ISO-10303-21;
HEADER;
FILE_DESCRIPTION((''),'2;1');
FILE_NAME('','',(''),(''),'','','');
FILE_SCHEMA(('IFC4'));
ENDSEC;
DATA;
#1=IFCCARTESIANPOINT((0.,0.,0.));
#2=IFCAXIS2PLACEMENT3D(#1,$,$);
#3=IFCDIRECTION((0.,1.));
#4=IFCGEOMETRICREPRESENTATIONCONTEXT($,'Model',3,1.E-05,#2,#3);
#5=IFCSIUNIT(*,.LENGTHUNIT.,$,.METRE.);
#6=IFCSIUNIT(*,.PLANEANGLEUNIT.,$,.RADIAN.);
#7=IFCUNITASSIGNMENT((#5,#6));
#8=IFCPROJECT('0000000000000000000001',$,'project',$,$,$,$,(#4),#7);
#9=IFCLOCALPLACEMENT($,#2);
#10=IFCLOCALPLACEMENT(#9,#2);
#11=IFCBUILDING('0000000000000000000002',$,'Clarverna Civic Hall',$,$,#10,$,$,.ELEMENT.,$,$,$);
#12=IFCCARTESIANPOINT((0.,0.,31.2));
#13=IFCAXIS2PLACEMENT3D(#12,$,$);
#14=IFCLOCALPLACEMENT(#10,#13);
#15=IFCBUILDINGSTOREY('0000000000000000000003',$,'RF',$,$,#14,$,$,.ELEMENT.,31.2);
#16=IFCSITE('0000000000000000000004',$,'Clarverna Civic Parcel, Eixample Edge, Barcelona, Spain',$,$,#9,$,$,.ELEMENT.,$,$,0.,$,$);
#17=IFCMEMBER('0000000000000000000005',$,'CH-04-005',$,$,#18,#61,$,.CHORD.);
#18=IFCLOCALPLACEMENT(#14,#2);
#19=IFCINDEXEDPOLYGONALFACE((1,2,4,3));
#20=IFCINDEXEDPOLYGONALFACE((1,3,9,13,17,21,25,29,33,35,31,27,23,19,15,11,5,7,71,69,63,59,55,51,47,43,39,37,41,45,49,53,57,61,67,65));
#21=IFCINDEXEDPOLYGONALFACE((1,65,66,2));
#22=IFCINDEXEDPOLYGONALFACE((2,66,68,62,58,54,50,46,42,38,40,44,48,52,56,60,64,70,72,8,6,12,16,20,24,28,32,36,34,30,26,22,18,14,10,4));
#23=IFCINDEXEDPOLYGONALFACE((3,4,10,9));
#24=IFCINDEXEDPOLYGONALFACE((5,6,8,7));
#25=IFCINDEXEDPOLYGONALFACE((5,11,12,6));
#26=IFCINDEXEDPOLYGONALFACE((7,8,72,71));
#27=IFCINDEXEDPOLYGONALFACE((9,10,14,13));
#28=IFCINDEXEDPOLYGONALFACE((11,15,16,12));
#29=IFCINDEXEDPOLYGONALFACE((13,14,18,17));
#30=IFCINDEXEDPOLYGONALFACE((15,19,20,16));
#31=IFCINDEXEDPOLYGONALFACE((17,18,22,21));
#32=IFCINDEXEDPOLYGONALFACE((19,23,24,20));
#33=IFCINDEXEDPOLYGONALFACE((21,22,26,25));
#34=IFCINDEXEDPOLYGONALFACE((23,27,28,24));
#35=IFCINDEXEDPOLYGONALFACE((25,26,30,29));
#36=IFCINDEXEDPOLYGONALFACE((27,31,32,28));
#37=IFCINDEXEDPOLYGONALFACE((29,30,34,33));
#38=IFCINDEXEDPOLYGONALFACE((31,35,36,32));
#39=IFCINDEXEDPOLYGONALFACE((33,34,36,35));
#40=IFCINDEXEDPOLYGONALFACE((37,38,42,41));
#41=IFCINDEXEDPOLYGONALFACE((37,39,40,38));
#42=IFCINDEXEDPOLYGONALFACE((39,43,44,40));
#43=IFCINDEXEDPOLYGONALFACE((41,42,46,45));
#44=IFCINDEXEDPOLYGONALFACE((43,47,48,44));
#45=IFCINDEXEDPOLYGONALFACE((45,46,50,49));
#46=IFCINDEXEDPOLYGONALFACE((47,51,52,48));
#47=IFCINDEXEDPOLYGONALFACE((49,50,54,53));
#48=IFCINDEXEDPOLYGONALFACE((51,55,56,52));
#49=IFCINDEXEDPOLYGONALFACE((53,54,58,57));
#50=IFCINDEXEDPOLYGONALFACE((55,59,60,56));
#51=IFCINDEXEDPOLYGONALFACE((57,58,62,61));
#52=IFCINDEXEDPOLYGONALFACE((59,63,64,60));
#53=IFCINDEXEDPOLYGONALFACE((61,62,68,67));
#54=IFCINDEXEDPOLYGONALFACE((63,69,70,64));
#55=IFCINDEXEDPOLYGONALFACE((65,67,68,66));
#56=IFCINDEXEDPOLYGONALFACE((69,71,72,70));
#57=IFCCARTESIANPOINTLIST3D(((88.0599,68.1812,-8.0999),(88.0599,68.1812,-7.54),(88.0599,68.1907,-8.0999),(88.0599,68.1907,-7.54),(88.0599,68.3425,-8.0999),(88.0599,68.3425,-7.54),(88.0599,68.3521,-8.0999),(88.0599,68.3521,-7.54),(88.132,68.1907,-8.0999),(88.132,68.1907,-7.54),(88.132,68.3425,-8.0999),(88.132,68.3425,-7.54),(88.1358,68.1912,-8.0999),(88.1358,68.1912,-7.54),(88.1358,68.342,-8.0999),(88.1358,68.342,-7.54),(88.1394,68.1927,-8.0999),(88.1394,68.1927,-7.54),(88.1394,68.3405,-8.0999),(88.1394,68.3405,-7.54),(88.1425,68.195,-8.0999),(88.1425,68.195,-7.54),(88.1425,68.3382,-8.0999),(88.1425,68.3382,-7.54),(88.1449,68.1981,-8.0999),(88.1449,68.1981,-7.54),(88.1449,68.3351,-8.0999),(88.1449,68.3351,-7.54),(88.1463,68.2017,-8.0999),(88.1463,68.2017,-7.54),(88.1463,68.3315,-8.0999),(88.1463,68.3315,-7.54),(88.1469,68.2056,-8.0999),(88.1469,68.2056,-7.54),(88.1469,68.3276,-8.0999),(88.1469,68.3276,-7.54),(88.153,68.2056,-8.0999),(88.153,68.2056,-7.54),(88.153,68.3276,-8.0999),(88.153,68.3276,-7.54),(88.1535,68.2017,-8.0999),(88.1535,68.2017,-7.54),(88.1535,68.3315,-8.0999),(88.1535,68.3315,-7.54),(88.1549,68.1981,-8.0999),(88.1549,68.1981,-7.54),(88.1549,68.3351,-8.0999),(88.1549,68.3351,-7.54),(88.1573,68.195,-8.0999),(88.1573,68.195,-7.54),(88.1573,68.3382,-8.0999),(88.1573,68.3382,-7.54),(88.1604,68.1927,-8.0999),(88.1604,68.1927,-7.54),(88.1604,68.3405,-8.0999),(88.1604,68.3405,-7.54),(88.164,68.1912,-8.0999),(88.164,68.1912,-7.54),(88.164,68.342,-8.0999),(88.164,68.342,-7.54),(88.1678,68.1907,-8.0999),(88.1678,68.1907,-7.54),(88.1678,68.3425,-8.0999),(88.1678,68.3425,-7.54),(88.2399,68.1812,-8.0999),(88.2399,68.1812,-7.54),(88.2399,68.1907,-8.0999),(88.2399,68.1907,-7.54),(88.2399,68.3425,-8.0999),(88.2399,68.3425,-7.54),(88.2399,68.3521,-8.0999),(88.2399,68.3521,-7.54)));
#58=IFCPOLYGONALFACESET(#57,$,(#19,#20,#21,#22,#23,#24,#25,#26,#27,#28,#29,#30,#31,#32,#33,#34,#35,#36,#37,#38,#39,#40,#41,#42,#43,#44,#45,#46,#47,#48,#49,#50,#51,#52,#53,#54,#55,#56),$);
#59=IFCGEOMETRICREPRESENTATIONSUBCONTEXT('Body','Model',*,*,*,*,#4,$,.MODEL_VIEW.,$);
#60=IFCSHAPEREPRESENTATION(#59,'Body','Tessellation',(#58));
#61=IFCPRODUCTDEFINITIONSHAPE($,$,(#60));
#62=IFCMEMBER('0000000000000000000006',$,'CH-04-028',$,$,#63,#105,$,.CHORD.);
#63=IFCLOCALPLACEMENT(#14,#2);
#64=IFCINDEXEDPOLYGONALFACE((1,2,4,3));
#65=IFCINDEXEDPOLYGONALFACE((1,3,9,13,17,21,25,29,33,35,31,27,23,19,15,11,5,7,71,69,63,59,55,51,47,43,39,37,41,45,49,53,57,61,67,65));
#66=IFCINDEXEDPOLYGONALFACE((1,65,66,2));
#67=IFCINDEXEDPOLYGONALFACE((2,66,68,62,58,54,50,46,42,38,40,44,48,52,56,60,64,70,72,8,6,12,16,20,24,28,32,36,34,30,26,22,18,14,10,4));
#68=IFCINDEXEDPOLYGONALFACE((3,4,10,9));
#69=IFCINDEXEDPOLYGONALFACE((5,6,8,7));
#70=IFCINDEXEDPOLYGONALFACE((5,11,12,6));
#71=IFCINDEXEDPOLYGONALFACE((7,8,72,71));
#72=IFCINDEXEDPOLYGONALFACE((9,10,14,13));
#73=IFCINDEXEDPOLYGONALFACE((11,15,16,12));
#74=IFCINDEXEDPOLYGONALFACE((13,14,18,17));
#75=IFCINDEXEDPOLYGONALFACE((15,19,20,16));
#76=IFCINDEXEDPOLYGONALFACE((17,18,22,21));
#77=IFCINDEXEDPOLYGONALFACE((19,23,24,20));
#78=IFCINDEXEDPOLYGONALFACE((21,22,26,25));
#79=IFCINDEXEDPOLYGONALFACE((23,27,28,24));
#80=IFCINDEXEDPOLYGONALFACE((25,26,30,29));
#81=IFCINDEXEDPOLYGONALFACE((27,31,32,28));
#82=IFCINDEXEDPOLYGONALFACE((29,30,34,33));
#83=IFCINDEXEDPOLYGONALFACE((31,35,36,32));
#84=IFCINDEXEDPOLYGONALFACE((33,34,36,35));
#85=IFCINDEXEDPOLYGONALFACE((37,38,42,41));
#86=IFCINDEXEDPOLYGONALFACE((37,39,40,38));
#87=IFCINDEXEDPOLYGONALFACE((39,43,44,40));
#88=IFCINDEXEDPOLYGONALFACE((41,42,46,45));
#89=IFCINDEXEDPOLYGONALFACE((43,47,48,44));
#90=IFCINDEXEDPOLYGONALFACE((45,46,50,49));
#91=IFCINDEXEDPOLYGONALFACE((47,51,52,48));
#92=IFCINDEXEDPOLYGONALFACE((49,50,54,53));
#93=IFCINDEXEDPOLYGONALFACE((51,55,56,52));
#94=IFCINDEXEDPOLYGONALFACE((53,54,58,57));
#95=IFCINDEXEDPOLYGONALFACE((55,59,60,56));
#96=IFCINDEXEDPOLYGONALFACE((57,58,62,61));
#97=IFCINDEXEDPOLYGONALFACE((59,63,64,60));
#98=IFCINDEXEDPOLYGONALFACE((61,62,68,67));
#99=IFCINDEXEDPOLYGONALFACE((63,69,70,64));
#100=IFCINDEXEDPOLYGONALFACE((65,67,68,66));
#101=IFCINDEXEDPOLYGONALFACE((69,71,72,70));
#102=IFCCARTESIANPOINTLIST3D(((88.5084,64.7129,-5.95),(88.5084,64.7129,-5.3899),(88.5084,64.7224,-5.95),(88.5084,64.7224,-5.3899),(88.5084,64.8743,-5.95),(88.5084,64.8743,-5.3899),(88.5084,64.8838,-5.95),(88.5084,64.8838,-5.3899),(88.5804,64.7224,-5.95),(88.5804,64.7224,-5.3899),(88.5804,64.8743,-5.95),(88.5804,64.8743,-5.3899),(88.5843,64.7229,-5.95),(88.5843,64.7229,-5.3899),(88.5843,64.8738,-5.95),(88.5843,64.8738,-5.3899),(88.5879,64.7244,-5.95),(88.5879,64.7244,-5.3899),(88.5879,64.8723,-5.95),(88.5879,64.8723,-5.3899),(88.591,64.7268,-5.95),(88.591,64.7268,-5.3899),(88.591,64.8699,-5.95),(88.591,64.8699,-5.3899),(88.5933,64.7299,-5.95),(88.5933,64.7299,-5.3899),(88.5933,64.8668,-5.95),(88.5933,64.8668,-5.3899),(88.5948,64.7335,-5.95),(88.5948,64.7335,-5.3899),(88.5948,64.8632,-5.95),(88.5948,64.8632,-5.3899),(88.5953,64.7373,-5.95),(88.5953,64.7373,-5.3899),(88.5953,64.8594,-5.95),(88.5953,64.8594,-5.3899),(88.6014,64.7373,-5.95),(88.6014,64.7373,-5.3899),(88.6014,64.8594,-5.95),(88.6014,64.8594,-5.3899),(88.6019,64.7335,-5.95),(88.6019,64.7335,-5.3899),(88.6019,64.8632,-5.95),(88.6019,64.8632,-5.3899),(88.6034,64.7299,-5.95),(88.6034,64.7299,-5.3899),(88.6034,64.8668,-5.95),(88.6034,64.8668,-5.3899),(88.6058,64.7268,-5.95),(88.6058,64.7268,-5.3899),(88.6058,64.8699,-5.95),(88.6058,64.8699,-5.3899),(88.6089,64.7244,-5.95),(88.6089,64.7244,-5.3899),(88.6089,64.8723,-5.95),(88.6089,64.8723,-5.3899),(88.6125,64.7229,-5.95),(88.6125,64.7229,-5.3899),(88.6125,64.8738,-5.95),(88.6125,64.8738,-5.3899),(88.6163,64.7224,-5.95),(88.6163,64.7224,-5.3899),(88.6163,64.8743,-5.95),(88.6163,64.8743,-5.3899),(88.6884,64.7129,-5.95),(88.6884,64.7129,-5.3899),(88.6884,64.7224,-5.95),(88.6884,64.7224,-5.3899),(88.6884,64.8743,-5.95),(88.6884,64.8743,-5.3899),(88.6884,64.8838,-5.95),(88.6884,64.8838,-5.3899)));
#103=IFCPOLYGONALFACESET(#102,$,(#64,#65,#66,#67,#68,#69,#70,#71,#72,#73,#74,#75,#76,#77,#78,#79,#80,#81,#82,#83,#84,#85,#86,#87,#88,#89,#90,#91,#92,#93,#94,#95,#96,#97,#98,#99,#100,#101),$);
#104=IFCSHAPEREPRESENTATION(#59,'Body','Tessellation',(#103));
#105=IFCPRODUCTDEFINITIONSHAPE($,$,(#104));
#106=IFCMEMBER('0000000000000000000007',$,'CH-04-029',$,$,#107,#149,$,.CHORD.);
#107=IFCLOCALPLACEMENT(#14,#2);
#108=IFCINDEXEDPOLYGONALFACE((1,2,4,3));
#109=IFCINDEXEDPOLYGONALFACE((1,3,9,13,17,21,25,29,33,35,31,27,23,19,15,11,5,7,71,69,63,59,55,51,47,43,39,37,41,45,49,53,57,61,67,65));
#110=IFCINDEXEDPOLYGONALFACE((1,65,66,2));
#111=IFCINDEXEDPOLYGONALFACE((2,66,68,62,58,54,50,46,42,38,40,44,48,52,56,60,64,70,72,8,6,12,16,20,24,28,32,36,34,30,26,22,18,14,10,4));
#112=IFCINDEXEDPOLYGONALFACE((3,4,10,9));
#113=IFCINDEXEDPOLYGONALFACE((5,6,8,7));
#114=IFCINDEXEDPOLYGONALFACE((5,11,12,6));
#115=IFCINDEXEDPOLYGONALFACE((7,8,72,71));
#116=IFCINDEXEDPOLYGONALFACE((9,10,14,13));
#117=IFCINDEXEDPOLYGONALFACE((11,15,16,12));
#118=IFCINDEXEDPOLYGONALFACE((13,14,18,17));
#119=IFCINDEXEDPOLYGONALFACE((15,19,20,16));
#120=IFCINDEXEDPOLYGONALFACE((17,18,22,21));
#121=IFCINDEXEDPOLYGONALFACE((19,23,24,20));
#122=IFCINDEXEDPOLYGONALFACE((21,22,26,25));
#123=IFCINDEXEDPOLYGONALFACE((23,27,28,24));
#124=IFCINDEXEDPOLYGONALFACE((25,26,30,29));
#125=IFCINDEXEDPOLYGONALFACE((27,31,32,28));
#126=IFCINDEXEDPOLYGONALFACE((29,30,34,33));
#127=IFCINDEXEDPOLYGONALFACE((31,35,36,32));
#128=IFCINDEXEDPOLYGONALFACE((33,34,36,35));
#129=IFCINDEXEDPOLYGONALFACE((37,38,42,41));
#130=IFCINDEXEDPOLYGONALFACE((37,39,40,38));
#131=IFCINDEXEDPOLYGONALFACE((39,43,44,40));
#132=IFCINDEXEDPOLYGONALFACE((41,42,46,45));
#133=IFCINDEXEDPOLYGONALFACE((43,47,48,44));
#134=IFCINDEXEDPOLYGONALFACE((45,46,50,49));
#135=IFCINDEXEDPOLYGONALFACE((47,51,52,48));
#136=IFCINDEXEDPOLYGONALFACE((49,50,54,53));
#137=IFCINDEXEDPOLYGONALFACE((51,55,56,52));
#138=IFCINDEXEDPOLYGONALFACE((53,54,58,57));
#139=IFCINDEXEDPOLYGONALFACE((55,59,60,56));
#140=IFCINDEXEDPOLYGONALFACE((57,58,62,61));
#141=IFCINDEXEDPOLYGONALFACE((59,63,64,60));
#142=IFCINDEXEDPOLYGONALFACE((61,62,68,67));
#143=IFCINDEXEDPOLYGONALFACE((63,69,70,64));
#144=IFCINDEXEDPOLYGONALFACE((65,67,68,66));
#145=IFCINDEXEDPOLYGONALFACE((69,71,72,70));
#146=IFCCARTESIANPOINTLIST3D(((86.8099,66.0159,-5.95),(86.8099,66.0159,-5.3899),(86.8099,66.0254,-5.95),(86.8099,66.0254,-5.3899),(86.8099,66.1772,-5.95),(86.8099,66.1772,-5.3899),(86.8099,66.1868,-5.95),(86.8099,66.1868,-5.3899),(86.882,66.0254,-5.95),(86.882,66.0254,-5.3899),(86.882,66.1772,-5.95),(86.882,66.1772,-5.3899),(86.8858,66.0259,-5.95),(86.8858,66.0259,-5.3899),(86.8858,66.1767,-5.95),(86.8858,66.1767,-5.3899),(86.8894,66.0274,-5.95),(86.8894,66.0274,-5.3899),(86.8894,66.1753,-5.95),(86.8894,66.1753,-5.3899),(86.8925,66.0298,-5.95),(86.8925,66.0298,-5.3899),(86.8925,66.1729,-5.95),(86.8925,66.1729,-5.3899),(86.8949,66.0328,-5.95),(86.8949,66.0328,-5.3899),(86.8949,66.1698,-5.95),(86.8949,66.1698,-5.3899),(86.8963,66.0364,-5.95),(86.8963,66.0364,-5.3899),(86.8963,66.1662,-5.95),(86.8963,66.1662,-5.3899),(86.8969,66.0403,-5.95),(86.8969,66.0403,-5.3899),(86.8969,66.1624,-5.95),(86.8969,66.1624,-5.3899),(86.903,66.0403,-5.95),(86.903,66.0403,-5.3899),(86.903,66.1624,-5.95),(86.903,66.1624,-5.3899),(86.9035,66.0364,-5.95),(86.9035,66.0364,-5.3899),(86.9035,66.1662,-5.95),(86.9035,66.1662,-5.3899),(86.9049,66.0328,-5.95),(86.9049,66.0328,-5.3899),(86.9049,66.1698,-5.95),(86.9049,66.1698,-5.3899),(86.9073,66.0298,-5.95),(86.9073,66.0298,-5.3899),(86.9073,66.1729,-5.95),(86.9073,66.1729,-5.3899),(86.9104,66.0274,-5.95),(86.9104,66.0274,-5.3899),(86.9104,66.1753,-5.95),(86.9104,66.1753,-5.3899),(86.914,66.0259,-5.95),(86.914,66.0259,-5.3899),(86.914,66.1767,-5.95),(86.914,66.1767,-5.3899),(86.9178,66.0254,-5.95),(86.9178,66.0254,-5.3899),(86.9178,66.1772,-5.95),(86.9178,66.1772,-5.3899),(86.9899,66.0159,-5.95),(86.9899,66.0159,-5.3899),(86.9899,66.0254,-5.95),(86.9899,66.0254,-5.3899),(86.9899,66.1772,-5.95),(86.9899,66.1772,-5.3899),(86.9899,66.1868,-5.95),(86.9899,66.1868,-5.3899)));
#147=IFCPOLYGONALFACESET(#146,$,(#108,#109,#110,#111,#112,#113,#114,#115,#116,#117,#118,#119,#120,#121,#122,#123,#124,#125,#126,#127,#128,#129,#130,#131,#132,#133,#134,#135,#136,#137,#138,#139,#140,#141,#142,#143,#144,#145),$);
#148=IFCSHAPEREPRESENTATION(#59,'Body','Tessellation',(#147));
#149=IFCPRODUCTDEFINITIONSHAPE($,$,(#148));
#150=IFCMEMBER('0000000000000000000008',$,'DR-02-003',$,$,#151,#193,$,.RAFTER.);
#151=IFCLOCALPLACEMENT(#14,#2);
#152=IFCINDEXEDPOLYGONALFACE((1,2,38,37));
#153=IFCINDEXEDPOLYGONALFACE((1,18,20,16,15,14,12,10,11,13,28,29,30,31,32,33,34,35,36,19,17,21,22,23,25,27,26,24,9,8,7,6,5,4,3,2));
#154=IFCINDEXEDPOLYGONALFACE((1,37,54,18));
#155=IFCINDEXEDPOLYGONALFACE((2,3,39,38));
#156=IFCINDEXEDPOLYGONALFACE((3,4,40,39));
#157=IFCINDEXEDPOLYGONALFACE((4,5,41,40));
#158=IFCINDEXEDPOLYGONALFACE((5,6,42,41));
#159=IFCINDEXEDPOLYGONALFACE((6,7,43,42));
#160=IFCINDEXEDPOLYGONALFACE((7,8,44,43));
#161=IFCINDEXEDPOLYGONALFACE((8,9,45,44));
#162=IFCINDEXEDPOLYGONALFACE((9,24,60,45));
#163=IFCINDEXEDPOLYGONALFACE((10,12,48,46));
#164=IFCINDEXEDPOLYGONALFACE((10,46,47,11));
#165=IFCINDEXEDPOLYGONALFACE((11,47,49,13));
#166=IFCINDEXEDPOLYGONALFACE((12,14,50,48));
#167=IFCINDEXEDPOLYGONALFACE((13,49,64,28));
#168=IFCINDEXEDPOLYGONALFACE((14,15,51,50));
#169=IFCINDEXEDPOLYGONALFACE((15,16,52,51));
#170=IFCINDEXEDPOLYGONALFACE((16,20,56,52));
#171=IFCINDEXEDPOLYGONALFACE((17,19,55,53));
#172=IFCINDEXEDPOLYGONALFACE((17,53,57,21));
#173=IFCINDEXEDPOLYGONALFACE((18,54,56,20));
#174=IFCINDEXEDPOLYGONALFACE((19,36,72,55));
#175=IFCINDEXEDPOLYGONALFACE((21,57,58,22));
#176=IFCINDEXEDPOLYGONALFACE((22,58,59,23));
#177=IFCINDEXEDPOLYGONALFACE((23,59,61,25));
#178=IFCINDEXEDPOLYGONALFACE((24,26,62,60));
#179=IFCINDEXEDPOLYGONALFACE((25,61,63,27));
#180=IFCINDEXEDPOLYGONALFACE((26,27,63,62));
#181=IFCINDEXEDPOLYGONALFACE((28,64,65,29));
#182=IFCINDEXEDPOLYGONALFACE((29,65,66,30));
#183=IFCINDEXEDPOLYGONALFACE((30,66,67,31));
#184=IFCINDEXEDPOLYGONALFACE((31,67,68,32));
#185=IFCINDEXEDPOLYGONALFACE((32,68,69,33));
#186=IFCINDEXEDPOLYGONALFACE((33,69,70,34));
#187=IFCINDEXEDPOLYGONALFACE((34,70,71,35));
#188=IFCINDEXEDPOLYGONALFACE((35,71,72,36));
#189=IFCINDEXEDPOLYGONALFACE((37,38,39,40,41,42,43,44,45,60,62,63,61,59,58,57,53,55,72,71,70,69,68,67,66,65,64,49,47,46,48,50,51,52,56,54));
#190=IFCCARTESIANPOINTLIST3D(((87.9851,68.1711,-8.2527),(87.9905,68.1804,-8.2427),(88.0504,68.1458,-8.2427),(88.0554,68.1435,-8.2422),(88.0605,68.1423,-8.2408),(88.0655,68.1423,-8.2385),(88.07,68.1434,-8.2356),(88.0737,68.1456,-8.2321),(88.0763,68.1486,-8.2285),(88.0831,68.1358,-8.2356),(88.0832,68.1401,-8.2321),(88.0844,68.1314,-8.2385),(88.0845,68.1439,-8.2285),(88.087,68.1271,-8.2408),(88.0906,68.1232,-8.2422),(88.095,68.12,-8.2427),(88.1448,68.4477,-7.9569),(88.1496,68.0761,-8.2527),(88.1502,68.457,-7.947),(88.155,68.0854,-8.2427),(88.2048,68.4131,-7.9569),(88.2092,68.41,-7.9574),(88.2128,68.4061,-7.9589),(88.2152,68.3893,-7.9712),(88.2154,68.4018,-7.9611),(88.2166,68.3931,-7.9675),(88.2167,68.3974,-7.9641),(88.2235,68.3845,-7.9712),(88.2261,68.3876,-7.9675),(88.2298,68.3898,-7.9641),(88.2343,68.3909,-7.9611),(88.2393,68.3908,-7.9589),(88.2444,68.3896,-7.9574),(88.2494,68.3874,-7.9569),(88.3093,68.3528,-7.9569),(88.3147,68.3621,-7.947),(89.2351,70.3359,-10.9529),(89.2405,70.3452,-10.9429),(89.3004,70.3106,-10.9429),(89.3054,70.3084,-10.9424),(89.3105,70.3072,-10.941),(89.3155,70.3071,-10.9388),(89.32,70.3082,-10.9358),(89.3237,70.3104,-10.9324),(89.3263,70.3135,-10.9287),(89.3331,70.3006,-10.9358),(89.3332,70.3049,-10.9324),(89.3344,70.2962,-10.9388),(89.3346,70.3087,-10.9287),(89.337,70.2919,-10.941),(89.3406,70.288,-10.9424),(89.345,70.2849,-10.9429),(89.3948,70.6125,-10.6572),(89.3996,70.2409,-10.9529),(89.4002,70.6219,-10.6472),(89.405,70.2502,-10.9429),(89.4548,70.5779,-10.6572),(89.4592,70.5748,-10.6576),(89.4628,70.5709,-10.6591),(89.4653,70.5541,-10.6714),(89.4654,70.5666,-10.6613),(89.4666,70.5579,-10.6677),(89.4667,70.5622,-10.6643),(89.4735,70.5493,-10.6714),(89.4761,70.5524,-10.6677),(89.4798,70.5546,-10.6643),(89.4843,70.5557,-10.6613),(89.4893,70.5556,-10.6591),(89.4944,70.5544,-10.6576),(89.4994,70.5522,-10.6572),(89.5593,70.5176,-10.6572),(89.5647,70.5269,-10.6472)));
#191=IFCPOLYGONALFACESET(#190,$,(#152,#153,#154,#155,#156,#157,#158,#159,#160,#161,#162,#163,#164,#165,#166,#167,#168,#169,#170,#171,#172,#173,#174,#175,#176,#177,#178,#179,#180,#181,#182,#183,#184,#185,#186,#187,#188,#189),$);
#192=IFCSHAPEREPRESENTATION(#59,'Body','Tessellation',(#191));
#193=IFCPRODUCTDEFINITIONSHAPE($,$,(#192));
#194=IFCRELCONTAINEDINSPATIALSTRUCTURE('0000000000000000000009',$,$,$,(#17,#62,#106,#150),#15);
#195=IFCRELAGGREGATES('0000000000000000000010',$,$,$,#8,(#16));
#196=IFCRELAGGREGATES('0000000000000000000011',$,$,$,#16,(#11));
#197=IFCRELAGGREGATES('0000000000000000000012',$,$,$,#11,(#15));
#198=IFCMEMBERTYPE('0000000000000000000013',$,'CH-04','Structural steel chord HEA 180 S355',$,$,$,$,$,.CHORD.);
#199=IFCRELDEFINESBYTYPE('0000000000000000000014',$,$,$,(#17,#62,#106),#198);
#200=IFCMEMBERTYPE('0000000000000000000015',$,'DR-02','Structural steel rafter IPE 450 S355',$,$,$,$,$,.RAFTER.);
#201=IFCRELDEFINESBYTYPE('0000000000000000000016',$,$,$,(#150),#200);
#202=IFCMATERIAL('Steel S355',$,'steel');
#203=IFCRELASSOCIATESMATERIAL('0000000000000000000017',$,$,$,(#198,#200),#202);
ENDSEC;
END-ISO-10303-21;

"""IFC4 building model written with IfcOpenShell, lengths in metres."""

from ifc_helpers import new_model, si_unit, direction, frame, origin, origin_2d, place, context, subcontext, project, spatial, i_section, extrude, material, material_profile, profile_set, type_object, element, save


model = new_model("IFC4")

# Units and contexts
model_context = context("Model", 3, precision=1e-05, world=origin(), true_north=direction((0.0, 1.0)))
body_context = subcontext(model_context, "Body", "Model", "MODEL_VIEW")
ifc_project = project(units=[si_unit("LENGTHUNIT", "METRE"), si_unit("PLANEANGLEUNIT", "RADIAN")], contexts=[model_context])

# Site, building, storey
site_placement = place(None, origin())
site = spatial("IfcSite", under=ifc_project, at=site_placement, Name="Clarverna Civic Parcel, Eixample Edge, Barcelona, Spain", CompositionType="ELEMENT", RefElevation=0.0)
building_placement = place(site_placement, origin())
building = spatial("IfcBuilding", under=site, at=building_placement, Name="Clarverna Civic Hall", CompositionType="ELEMENT")
storey_placement = place(building_placement, frame((0.0, 0.0, 31.2)))
storey = spatial("IfcBuildingStorey", under=building, at=storey_placement, Name="RF", CompositionType="ELEMENT", Elevation=31.2)

# Members
ifc_material_1 = material(Name="Steel S355", Category="steel")
ifc_material_profile_1 = material_profile(ifc_material_1, i_section(OverallWidth=0.1799, OverallDepth=0.1709, WebThickness=0.0061, FlangeThickness=0.0095, FilletRadius=0.0149, at=origin_2d()), Name="HEA 180")
ifc_profile_set_1 = profile_set([ifc_material_profile_1], Name="Steel S355")
member_type_1 = type_object("IfcMemberType", Name="CH-04", Description="Structural steel chord HEA 180 S355", PredefinedType="CHORD", material=ifc_profile_set_1)
member_1_placement = place(storey_placement, frame((88.1499, 68.2666, -8.0999), z_axis=(0.0, 0.0, 1.0), x_axis=(1.0, 0.0, 0.0)))
element("IfcMember", 1, at=member_1_placement, inside=storey, type_object=member_type_1, Name="CH-04-005", PredefinedType="CHORD", context=body_context, shape_type="SweptSolid", body=[
    extrude(i_section(OverallWidth=0.1799, OverallDepth=0.1709, WebThickness=0.0061, FlangeThickness=0.0095, FilletRadius=0.0149, at=origin_2d()), origin(), (0.0, 0.0, 1.0), 0.5598),
])
for number, where, z_axis, x_axis, name in (
    (2, (88.5984, 64.7983, -5.95), (0.0, 0.0, 1.0), (1.0, 0.0, 0.0), "CH-04-028"),
    (3, (86.8999, 66.1013, -5.95), (0.0, 0.0, 1.0), (1.0, 0.0, 0.0), "CH-04-029"),
):
    element("IfcMember", number, at=place(storey_placement, frame(where, z_axis=z_axis, x_axis=x_axis)), inside=storey, type_object=member_type_1, Name=name, PredefinedType="CHORD", context=body_context, shape_type="SweptSolid", body=[
        extrude(i_section(OverallWidth=0.1799, OverallDepth=0.1709, WebThickness=0.0061, FlangeThickness=0.0095, FilletRadius=0.0149, at=origin_2d()), origin(), (0.0, 0.0, 1.0), 0.5601),
    ])
ifc_material_profile_2 = material_profile(ifc_material_1, i_section(OverallWidth=0.1899, OverallDepth=0.45, WebThickness=0.0095, FlangeThickness=0.0146, FilletRadius=0.021, at=origin_2d()), Name="IPE 450")
ifc_profile_set_2 = profile_set([ifc_material_profile_2], Name="Steel S355")
member_type_2 = type_object("IfcMemberType", Name="DR-02", Description="Structural steel rafter IPE 450 S355", PredefinedType="RAFTER", material=ifc_profile_set_2)
for number, where, z_axis, x_axis, name in (
    (4, (89.3999, 70.4314, -10.8), (-0.339705, -0.588314, 0.733817), (0.865999, -0.500047, 0.0), "DR-02-003"),
):
    element("IfcMember", number, at=place(storey_placement, frame(where, z_axis=z_axis, x_axis=x_axis)), inside=storey, type_object=member_type_2, Name=name, PredefinedType="RAFTER", context=body_context, shape_type="SweptSolid", body=[
        extrude(i_section(OverallWidth=0.1899, OverallDepth=0.45, WebThickness=0.0095, FlangeThickness=0.0146, FilletRadius=0.021, at=origin_2d()), origin(), (0.0, 0.0, 1.0), 3.6797),
    ])

save(model, "model.ifc")
